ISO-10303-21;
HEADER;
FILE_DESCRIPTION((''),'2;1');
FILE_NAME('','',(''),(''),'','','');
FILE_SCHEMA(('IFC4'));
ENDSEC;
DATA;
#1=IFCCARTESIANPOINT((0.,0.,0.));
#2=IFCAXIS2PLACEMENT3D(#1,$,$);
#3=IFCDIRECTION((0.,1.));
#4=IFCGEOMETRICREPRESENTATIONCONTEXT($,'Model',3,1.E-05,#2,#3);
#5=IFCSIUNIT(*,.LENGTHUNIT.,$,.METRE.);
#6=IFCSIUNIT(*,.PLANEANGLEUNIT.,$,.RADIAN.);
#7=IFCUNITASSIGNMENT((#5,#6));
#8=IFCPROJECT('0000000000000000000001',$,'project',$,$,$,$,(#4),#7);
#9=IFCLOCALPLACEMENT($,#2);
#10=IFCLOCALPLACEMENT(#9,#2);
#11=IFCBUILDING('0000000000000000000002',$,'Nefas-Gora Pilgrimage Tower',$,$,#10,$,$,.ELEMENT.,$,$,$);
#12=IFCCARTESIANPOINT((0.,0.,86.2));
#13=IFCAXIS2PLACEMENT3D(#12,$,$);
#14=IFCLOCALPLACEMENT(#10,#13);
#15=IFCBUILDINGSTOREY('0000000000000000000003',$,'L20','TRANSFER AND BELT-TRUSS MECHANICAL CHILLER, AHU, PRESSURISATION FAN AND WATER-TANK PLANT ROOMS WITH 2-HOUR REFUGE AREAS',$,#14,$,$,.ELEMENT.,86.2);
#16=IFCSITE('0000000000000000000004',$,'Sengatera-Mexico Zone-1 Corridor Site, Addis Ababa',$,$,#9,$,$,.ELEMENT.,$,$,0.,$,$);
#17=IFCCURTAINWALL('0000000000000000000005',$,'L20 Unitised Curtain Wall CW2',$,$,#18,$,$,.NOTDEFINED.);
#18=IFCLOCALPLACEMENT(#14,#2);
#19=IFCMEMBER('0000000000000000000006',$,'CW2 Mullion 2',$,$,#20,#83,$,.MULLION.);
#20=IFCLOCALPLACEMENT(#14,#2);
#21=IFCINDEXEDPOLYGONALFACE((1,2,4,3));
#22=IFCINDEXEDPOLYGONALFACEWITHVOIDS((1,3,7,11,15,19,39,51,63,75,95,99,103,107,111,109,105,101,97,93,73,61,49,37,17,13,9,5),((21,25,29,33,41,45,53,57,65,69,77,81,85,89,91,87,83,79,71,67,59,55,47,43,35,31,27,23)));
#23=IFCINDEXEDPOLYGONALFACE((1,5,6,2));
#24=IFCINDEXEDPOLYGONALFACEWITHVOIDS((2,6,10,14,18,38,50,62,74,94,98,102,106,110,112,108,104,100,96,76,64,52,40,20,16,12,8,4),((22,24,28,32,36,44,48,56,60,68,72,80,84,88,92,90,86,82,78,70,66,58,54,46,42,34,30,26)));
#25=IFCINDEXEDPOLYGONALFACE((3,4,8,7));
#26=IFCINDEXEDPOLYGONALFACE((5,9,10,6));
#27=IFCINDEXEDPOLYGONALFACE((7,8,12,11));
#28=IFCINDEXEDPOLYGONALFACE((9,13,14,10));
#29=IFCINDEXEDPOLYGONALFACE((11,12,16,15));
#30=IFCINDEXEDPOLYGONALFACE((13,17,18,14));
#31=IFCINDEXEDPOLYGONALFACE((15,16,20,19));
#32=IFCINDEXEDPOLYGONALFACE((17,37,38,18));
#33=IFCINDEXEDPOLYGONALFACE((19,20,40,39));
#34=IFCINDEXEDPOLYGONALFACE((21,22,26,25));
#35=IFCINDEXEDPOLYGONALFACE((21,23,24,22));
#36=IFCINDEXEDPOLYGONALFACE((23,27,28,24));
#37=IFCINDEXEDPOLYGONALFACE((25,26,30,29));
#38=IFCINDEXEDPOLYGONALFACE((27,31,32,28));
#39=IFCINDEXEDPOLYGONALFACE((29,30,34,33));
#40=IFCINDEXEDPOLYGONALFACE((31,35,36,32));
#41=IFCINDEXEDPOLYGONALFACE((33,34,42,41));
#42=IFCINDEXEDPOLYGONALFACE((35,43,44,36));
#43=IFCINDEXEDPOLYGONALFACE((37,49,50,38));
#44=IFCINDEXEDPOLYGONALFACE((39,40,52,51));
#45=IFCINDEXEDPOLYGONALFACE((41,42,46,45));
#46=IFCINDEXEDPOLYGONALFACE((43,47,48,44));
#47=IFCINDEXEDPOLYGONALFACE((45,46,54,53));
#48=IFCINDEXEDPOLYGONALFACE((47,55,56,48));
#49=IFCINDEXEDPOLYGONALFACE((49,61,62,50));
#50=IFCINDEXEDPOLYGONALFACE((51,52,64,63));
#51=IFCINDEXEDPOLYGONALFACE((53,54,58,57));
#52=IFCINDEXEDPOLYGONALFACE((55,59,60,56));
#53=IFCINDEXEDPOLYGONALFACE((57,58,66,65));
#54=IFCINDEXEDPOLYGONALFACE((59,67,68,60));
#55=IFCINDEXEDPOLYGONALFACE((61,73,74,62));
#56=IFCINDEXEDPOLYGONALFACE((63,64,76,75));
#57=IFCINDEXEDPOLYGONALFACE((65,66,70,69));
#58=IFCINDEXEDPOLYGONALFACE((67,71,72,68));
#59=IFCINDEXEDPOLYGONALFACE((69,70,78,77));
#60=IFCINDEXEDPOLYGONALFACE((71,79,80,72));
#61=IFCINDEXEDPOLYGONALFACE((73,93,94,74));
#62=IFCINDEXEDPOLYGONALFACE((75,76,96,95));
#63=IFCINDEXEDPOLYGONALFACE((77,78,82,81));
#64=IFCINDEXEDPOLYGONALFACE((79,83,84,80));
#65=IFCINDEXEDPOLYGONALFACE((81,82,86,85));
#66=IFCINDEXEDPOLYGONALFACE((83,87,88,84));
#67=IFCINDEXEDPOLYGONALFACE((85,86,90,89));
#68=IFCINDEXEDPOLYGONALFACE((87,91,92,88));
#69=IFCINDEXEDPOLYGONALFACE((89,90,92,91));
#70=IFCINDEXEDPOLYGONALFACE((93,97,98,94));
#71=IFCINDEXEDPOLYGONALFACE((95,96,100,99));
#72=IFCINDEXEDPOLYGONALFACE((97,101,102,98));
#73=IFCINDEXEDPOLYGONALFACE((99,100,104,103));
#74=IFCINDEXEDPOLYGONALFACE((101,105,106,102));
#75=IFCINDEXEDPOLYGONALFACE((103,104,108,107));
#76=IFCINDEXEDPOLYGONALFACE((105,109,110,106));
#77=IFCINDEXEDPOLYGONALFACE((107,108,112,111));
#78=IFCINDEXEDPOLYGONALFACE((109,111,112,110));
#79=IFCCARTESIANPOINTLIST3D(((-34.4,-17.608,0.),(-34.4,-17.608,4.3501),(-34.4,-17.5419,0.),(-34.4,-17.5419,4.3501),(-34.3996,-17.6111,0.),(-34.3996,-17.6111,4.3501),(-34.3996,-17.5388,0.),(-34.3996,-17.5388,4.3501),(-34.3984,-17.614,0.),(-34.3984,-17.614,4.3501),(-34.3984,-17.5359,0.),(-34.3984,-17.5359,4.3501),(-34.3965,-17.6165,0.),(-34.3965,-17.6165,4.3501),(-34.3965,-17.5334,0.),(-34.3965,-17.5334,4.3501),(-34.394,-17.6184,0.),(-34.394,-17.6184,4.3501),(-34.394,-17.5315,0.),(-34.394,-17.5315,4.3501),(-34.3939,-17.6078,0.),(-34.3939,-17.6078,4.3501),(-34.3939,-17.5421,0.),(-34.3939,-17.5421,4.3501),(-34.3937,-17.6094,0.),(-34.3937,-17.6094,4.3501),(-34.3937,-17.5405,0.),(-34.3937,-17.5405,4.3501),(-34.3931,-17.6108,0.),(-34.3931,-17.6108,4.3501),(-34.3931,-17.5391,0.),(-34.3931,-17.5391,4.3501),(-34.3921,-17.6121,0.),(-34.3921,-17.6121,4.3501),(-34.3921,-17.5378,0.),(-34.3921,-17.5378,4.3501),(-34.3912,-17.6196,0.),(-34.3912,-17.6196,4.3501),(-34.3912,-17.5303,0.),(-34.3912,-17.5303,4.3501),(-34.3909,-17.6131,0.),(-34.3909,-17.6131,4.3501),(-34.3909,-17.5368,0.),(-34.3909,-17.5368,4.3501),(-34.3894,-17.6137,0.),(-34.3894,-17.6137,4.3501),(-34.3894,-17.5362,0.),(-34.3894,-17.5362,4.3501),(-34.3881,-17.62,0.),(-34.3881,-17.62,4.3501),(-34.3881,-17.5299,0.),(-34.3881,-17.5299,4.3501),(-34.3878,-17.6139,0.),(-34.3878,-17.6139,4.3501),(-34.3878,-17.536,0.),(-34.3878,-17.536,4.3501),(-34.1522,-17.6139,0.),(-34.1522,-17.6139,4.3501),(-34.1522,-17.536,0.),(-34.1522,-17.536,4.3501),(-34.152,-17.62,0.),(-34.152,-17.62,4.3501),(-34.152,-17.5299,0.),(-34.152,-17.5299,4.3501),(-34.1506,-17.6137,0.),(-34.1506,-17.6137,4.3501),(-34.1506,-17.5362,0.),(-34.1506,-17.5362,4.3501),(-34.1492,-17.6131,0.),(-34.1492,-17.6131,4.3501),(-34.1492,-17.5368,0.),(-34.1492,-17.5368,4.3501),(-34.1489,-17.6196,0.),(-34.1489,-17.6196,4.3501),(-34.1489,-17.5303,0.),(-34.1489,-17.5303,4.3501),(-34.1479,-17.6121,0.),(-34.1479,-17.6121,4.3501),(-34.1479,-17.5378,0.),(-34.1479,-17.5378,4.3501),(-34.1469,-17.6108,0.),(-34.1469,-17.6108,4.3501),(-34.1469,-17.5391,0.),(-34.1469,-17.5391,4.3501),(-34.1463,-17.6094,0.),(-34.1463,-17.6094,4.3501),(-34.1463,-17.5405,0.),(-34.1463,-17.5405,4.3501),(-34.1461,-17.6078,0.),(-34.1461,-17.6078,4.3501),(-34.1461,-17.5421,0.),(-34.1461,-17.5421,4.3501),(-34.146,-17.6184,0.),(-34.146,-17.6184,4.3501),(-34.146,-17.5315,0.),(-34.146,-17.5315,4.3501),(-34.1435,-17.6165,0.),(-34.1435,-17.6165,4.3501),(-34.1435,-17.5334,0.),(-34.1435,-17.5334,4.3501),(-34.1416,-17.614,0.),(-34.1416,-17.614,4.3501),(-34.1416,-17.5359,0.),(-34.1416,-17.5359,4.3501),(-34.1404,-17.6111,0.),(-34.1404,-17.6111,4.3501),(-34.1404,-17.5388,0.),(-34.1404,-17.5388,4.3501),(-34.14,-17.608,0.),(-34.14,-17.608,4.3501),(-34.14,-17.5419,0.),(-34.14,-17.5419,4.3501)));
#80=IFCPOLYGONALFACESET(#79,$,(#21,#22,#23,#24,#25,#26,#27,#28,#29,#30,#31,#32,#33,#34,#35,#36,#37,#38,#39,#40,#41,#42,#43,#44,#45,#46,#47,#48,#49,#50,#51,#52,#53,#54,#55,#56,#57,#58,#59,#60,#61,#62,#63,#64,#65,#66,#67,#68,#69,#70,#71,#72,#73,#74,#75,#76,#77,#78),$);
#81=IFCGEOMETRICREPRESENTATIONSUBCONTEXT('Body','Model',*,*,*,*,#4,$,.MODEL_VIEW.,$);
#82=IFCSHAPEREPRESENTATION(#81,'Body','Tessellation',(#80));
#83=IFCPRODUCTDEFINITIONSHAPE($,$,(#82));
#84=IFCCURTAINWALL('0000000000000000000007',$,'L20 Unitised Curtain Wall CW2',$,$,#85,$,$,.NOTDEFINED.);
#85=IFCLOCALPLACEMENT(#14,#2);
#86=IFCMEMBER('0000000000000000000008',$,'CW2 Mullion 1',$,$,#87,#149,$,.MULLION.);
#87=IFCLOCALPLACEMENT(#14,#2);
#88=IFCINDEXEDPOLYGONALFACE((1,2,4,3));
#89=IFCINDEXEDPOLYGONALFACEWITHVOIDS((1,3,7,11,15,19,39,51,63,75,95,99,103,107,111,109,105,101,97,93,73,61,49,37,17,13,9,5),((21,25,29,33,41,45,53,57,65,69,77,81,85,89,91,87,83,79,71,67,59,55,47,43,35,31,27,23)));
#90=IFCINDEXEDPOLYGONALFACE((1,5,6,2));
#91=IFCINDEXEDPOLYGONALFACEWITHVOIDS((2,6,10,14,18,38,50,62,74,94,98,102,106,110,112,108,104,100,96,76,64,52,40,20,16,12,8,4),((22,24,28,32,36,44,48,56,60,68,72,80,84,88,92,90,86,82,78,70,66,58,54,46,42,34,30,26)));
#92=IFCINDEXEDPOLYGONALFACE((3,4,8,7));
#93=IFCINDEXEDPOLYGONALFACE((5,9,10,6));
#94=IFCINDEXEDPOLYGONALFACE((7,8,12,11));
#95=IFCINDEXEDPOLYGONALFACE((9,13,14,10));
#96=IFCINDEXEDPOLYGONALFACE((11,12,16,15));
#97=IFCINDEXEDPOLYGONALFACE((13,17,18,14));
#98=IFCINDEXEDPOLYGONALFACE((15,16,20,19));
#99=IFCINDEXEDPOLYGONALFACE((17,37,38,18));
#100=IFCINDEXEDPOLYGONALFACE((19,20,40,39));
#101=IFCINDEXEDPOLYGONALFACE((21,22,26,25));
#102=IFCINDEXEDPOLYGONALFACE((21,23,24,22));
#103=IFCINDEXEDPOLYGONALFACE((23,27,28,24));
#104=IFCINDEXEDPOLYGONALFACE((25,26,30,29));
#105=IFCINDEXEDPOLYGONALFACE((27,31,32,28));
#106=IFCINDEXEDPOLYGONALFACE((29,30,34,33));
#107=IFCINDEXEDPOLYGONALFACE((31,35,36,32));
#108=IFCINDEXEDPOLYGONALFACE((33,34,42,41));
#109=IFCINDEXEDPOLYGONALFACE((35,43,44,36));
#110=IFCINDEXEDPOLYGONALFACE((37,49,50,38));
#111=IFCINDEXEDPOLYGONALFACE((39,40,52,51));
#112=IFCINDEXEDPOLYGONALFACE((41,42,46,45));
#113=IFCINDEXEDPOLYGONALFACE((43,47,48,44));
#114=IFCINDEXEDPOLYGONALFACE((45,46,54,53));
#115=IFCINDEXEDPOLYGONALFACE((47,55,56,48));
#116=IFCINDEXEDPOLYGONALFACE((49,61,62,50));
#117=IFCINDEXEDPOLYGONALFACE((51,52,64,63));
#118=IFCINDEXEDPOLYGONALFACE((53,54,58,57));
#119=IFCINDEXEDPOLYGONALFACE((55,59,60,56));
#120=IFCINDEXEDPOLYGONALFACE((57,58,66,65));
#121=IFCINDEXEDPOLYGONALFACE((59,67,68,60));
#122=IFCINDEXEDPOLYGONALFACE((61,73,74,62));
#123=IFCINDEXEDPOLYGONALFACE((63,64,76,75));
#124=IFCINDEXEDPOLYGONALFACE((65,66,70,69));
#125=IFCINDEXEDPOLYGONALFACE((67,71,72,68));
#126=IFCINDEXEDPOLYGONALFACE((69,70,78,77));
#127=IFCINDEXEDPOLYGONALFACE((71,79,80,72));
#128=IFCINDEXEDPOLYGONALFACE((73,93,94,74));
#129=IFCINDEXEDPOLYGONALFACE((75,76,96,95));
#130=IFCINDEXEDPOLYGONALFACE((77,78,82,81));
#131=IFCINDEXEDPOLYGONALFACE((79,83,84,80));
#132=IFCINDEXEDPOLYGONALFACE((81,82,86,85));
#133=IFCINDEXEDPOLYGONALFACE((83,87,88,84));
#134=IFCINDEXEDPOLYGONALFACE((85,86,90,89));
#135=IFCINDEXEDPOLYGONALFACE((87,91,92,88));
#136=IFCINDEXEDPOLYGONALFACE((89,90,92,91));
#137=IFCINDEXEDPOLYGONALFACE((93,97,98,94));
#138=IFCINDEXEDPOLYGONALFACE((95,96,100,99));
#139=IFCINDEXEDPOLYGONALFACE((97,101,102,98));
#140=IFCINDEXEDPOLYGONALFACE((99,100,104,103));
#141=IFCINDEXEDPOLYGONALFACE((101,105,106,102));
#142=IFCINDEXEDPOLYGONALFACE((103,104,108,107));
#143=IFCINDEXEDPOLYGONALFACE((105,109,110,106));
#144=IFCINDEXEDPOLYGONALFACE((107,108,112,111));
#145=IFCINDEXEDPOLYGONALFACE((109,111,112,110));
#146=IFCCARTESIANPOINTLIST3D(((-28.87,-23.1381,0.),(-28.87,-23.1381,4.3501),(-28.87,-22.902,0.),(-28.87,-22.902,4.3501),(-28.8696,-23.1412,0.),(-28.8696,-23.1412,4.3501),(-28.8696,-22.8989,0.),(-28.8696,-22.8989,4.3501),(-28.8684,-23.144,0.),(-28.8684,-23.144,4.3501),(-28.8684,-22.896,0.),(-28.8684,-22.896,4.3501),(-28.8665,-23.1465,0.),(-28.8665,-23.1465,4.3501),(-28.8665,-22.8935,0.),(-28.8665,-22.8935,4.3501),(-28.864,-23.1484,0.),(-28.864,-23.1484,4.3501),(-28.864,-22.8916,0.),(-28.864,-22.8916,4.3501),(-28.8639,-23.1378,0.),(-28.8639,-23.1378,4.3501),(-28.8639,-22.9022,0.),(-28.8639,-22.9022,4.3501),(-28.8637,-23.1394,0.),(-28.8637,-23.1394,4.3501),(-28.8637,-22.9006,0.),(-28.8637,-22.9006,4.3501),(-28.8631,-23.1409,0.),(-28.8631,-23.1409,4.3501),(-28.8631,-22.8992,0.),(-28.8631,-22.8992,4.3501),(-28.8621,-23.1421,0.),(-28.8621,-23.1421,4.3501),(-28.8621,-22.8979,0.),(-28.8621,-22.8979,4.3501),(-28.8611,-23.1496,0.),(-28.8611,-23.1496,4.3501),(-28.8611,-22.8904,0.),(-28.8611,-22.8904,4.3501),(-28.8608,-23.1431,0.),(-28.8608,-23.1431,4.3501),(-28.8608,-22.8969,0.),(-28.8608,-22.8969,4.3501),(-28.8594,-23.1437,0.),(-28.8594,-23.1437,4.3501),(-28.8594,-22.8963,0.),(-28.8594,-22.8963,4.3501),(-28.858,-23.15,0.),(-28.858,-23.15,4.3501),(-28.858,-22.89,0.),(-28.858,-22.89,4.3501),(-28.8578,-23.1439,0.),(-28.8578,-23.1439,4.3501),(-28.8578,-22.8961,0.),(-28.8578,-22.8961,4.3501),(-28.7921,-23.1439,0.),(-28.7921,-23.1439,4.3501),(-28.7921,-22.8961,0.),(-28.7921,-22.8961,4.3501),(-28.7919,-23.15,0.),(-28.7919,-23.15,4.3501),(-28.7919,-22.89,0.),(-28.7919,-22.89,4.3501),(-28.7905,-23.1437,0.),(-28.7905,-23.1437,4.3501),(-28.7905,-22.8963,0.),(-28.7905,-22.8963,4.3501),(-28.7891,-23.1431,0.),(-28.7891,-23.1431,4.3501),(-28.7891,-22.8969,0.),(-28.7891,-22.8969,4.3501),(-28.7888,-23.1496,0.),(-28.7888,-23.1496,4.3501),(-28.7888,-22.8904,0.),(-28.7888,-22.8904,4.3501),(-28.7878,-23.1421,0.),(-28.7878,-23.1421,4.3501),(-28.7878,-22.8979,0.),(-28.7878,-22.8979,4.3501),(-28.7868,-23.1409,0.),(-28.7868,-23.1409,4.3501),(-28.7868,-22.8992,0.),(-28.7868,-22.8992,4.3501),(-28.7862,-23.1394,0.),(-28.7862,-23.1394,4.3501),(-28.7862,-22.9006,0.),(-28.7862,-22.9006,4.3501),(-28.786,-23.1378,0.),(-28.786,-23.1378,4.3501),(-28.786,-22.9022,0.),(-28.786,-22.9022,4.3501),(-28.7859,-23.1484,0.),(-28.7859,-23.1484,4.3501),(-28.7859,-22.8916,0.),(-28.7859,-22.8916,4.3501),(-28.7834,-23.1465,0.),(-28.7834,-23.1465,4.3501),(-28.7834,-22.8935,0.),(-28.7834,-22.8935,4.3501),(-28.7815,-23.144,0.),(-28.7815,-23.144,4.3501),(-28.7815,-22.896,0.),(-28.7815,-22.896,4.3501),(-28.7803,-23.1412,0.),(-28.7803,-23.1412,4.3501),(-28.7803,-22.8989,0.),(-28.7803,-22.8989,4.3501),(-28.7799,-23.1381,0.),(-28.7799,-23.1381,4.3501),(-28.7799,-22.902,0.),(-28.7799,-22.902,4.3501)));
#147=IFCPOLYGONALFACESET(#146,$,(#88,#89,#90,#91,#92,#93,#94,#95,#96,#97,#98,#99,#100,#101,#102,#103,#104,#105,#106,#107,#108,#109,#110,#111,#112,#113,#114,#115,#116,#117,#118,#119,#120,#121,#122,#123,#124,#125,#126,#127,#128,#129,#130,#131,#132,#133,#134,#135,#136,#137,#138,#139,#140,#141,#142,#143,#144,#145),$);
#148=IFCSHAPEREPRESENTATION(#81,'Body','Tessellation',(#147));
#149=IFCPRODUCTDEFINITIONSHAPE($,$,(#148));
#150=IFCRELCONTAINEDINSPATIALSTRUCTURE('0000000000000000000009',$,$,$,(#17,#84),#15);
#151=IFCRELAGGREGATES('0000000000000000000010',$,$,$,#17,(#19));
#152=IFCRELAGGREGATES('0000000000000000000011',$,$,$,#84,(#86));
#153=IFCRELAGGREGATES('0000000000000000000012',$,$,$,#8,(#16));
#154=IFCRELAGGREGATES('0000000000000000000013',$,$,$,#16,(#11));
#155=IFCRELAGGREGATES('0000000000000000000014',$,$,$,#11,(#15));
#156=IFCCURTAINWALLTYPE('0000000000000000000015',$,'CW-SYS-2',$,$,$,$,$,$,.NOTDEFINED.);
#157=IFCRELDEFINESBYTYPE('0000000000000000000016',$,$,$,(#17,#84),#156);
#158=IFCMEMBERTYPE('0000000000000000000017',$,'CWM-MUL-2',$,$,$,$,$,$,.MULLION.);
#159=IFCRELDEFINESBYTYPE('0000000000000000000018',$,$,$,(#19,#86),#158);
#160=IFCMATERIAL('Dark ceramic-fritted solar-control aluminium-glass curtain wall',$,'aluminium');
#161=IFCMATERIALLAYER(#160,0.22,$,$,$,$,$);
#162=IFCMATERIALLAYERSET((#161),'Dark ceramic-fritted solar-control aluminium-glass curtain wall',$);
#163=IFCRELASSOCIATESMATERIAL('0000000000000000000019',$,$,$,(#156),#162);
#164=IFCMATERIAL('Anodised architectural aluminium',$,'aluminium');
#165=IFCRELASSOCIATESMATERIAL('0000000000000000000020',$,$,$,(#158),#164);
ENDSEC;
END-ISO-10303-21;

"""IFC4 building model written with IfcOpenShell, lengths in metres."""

from ifc_helpers import new_model, si_unit, direction, frame, origin, origin_2d, place, context, subcontext, project, spatial, hollow_rectangle, extrude, source, transform, mapped, material, layer, layer_set, material_profile, profile_set, type_object, element, aggregate, save


model = new_model("IFC4")

# Units and contexts
model_context = context("Model", 3, precision=1e-05, world=origin(), true_north=direction((0.0, 1.0)))
body_context = subcontext(model_context, "Body", "Model", "MODEL_VIEW")
ifc_project = project(units=[si_unit("LENGTHUNIT", "METRE"), si_unit("PLANEANGLEUNIT", "RADIAN")], contexts=[model_context])

# Site, building, storey
site_placement = place(None, origin())
site = spatial("IfcSite", under=ifc_project, at=site_placement, Name="Sengatera-Mexico Zone-1 Corridor Site, Addis Ababa", CompositionType="ELEMENT", RefElevation=0.0)
building_placement = place(site_placement, origin())
building = spatial("IfcBuilding", under=site, at=building_placement, Name="Nefas-Gora Pilgrimage Tower", CompositionType="ELEMENT")
storey_placement = place(building_placement, frame((0.0, 0.0, 86.2)))
storey = spatial("IfcBuildingStorey", under=building, at=storey_placement, Name="L20", Description="TRANSFER AND BELT-TRUSS MECHANICAL CHILLER, AHU, PRESSURISATION FAN AND WATER-TANK PLANT ROOMS WITH 2-HOUR REFUGE AREAS", CompositionType="ELEMENT", Elevation=86.2)

# Curtain walls, members
ifc_material_1 = material(Name="Dark ceramic-fritted solar-control aluminium-glass curtain wall", Category="aluminium")
ifc_layer_1 = layer(ifc_material_1, 0.22)
ifc_layer_set_1 = layer_set([ifc_layer_1], Name="Dark ceramic-fritted solar-control aluminium-glass curtain wall")
curtain_wall_type = type_object("IfcCurtainWallType", Name="CW-SYS-2", PredefinedType="NOTDEFINED", material=ifc_layer_set_1)
curtain_wall_1_placement = place(storey_placement, origin())
curtain_wall_1 = element("IfcCurtainWall", 1, at=curtain_wall_1_placement, inside=storey, type_object=curtain_wall_type, Name="L20 Unitised Curtain Wall CW2", PredefinedType="NOTDEFINED")
ifc_material_2 = material(Name="Anodised architectural aluminium", Category="aluminium")
ifc_material_profile_1 = material_profile(ifc_material_2, hollow_rectangle(XDim=0.0901, YDim=0.26, WallThickness=0.0061, InnerFilletRadius=0.0061, OuterFilletRadius=0.012, at=origin_2d()), Name="ALU MULLION 90x260")
ifc_profile_set_1 = profile_set([ifc_material_profile_1], Name="Anodised architectural aluminium")
member_type_1 = type_object("IfcMemberType", Name="CWM-MUL-2", PredefinedType="MULLION", material=ifc_profile_set_1)
shared_shape_1 = source(origin(), body_context, "Body", "SweptSolid", [
    extrude(hollow_rectangle(XDim=0.0901, YDim=0.26, WallThickness=0.0061, InnerFilletRadius=0.0061, OuterFilletRadius=0.012, at=origin_2d()), origin(), (0.0, 0.0, 1.0), 4.3501),
])
member_1_placement = place(storey_placement, frame((-34.27, -17.575, 0.0), z_axis=(0.0, 0.0, 1.0), x_axis=(0.0, -1.0, 0.0)))
member_1 = element("IfcMember", 2, at=member_1_placement, type_object=member_type_1, Name="CW2 Mullion 2", PredefinedType="MULLION", context=body_context, shape_type="MappedRepresentation", body=[
    mapped(shared_shape_1, transform((0.0, 0.0, 0.0), x_axis=(1.0, 0.0, 0.0), y_axis=(0.0, 1.0, 0.0), z_axis=(0.0, 0.0, 1.0), scale=1.0)),
])
curtain_wall_2_placement = place(storey_placement, origin())
curtain_wall_2 = element("IfcCurtainWall", 3, at=curtain_wall_2_placement, inside=storey, type_object=curtain_wall_type, Name="L20 Unitised Curtain Wall CW2", PredefinedType="NOTDEFINED")
member_2_placement = place(storey_placement, frame((-28.825, -23.02, 0.0), z_axis=(0.0, 0.0, 1.0), x_axis=(1.0, 0.0, 0.0)))
member_2 = element("IfcMember", 4, at=member_2_placement, type_object=member_type_1, Name="CW2 Mullion 1", PredefinedType="MULLION", context=body_context, shape_type="MappedRepresentation", body=[
    mapped(shared_shape_1, transform((0.0, 0.0, 0.0), x_axis=(1.0, 0.0, 0.0), y_axis=(0.0, 1.0, 0.0), z_axis=(0.0, 0.0, 1.0), scale=1.0)),
])

aggregate(curtain_wall_1, [member_1])
aggregate(curtain_wall_2, [member_2])

save(model, "model.ifc")
